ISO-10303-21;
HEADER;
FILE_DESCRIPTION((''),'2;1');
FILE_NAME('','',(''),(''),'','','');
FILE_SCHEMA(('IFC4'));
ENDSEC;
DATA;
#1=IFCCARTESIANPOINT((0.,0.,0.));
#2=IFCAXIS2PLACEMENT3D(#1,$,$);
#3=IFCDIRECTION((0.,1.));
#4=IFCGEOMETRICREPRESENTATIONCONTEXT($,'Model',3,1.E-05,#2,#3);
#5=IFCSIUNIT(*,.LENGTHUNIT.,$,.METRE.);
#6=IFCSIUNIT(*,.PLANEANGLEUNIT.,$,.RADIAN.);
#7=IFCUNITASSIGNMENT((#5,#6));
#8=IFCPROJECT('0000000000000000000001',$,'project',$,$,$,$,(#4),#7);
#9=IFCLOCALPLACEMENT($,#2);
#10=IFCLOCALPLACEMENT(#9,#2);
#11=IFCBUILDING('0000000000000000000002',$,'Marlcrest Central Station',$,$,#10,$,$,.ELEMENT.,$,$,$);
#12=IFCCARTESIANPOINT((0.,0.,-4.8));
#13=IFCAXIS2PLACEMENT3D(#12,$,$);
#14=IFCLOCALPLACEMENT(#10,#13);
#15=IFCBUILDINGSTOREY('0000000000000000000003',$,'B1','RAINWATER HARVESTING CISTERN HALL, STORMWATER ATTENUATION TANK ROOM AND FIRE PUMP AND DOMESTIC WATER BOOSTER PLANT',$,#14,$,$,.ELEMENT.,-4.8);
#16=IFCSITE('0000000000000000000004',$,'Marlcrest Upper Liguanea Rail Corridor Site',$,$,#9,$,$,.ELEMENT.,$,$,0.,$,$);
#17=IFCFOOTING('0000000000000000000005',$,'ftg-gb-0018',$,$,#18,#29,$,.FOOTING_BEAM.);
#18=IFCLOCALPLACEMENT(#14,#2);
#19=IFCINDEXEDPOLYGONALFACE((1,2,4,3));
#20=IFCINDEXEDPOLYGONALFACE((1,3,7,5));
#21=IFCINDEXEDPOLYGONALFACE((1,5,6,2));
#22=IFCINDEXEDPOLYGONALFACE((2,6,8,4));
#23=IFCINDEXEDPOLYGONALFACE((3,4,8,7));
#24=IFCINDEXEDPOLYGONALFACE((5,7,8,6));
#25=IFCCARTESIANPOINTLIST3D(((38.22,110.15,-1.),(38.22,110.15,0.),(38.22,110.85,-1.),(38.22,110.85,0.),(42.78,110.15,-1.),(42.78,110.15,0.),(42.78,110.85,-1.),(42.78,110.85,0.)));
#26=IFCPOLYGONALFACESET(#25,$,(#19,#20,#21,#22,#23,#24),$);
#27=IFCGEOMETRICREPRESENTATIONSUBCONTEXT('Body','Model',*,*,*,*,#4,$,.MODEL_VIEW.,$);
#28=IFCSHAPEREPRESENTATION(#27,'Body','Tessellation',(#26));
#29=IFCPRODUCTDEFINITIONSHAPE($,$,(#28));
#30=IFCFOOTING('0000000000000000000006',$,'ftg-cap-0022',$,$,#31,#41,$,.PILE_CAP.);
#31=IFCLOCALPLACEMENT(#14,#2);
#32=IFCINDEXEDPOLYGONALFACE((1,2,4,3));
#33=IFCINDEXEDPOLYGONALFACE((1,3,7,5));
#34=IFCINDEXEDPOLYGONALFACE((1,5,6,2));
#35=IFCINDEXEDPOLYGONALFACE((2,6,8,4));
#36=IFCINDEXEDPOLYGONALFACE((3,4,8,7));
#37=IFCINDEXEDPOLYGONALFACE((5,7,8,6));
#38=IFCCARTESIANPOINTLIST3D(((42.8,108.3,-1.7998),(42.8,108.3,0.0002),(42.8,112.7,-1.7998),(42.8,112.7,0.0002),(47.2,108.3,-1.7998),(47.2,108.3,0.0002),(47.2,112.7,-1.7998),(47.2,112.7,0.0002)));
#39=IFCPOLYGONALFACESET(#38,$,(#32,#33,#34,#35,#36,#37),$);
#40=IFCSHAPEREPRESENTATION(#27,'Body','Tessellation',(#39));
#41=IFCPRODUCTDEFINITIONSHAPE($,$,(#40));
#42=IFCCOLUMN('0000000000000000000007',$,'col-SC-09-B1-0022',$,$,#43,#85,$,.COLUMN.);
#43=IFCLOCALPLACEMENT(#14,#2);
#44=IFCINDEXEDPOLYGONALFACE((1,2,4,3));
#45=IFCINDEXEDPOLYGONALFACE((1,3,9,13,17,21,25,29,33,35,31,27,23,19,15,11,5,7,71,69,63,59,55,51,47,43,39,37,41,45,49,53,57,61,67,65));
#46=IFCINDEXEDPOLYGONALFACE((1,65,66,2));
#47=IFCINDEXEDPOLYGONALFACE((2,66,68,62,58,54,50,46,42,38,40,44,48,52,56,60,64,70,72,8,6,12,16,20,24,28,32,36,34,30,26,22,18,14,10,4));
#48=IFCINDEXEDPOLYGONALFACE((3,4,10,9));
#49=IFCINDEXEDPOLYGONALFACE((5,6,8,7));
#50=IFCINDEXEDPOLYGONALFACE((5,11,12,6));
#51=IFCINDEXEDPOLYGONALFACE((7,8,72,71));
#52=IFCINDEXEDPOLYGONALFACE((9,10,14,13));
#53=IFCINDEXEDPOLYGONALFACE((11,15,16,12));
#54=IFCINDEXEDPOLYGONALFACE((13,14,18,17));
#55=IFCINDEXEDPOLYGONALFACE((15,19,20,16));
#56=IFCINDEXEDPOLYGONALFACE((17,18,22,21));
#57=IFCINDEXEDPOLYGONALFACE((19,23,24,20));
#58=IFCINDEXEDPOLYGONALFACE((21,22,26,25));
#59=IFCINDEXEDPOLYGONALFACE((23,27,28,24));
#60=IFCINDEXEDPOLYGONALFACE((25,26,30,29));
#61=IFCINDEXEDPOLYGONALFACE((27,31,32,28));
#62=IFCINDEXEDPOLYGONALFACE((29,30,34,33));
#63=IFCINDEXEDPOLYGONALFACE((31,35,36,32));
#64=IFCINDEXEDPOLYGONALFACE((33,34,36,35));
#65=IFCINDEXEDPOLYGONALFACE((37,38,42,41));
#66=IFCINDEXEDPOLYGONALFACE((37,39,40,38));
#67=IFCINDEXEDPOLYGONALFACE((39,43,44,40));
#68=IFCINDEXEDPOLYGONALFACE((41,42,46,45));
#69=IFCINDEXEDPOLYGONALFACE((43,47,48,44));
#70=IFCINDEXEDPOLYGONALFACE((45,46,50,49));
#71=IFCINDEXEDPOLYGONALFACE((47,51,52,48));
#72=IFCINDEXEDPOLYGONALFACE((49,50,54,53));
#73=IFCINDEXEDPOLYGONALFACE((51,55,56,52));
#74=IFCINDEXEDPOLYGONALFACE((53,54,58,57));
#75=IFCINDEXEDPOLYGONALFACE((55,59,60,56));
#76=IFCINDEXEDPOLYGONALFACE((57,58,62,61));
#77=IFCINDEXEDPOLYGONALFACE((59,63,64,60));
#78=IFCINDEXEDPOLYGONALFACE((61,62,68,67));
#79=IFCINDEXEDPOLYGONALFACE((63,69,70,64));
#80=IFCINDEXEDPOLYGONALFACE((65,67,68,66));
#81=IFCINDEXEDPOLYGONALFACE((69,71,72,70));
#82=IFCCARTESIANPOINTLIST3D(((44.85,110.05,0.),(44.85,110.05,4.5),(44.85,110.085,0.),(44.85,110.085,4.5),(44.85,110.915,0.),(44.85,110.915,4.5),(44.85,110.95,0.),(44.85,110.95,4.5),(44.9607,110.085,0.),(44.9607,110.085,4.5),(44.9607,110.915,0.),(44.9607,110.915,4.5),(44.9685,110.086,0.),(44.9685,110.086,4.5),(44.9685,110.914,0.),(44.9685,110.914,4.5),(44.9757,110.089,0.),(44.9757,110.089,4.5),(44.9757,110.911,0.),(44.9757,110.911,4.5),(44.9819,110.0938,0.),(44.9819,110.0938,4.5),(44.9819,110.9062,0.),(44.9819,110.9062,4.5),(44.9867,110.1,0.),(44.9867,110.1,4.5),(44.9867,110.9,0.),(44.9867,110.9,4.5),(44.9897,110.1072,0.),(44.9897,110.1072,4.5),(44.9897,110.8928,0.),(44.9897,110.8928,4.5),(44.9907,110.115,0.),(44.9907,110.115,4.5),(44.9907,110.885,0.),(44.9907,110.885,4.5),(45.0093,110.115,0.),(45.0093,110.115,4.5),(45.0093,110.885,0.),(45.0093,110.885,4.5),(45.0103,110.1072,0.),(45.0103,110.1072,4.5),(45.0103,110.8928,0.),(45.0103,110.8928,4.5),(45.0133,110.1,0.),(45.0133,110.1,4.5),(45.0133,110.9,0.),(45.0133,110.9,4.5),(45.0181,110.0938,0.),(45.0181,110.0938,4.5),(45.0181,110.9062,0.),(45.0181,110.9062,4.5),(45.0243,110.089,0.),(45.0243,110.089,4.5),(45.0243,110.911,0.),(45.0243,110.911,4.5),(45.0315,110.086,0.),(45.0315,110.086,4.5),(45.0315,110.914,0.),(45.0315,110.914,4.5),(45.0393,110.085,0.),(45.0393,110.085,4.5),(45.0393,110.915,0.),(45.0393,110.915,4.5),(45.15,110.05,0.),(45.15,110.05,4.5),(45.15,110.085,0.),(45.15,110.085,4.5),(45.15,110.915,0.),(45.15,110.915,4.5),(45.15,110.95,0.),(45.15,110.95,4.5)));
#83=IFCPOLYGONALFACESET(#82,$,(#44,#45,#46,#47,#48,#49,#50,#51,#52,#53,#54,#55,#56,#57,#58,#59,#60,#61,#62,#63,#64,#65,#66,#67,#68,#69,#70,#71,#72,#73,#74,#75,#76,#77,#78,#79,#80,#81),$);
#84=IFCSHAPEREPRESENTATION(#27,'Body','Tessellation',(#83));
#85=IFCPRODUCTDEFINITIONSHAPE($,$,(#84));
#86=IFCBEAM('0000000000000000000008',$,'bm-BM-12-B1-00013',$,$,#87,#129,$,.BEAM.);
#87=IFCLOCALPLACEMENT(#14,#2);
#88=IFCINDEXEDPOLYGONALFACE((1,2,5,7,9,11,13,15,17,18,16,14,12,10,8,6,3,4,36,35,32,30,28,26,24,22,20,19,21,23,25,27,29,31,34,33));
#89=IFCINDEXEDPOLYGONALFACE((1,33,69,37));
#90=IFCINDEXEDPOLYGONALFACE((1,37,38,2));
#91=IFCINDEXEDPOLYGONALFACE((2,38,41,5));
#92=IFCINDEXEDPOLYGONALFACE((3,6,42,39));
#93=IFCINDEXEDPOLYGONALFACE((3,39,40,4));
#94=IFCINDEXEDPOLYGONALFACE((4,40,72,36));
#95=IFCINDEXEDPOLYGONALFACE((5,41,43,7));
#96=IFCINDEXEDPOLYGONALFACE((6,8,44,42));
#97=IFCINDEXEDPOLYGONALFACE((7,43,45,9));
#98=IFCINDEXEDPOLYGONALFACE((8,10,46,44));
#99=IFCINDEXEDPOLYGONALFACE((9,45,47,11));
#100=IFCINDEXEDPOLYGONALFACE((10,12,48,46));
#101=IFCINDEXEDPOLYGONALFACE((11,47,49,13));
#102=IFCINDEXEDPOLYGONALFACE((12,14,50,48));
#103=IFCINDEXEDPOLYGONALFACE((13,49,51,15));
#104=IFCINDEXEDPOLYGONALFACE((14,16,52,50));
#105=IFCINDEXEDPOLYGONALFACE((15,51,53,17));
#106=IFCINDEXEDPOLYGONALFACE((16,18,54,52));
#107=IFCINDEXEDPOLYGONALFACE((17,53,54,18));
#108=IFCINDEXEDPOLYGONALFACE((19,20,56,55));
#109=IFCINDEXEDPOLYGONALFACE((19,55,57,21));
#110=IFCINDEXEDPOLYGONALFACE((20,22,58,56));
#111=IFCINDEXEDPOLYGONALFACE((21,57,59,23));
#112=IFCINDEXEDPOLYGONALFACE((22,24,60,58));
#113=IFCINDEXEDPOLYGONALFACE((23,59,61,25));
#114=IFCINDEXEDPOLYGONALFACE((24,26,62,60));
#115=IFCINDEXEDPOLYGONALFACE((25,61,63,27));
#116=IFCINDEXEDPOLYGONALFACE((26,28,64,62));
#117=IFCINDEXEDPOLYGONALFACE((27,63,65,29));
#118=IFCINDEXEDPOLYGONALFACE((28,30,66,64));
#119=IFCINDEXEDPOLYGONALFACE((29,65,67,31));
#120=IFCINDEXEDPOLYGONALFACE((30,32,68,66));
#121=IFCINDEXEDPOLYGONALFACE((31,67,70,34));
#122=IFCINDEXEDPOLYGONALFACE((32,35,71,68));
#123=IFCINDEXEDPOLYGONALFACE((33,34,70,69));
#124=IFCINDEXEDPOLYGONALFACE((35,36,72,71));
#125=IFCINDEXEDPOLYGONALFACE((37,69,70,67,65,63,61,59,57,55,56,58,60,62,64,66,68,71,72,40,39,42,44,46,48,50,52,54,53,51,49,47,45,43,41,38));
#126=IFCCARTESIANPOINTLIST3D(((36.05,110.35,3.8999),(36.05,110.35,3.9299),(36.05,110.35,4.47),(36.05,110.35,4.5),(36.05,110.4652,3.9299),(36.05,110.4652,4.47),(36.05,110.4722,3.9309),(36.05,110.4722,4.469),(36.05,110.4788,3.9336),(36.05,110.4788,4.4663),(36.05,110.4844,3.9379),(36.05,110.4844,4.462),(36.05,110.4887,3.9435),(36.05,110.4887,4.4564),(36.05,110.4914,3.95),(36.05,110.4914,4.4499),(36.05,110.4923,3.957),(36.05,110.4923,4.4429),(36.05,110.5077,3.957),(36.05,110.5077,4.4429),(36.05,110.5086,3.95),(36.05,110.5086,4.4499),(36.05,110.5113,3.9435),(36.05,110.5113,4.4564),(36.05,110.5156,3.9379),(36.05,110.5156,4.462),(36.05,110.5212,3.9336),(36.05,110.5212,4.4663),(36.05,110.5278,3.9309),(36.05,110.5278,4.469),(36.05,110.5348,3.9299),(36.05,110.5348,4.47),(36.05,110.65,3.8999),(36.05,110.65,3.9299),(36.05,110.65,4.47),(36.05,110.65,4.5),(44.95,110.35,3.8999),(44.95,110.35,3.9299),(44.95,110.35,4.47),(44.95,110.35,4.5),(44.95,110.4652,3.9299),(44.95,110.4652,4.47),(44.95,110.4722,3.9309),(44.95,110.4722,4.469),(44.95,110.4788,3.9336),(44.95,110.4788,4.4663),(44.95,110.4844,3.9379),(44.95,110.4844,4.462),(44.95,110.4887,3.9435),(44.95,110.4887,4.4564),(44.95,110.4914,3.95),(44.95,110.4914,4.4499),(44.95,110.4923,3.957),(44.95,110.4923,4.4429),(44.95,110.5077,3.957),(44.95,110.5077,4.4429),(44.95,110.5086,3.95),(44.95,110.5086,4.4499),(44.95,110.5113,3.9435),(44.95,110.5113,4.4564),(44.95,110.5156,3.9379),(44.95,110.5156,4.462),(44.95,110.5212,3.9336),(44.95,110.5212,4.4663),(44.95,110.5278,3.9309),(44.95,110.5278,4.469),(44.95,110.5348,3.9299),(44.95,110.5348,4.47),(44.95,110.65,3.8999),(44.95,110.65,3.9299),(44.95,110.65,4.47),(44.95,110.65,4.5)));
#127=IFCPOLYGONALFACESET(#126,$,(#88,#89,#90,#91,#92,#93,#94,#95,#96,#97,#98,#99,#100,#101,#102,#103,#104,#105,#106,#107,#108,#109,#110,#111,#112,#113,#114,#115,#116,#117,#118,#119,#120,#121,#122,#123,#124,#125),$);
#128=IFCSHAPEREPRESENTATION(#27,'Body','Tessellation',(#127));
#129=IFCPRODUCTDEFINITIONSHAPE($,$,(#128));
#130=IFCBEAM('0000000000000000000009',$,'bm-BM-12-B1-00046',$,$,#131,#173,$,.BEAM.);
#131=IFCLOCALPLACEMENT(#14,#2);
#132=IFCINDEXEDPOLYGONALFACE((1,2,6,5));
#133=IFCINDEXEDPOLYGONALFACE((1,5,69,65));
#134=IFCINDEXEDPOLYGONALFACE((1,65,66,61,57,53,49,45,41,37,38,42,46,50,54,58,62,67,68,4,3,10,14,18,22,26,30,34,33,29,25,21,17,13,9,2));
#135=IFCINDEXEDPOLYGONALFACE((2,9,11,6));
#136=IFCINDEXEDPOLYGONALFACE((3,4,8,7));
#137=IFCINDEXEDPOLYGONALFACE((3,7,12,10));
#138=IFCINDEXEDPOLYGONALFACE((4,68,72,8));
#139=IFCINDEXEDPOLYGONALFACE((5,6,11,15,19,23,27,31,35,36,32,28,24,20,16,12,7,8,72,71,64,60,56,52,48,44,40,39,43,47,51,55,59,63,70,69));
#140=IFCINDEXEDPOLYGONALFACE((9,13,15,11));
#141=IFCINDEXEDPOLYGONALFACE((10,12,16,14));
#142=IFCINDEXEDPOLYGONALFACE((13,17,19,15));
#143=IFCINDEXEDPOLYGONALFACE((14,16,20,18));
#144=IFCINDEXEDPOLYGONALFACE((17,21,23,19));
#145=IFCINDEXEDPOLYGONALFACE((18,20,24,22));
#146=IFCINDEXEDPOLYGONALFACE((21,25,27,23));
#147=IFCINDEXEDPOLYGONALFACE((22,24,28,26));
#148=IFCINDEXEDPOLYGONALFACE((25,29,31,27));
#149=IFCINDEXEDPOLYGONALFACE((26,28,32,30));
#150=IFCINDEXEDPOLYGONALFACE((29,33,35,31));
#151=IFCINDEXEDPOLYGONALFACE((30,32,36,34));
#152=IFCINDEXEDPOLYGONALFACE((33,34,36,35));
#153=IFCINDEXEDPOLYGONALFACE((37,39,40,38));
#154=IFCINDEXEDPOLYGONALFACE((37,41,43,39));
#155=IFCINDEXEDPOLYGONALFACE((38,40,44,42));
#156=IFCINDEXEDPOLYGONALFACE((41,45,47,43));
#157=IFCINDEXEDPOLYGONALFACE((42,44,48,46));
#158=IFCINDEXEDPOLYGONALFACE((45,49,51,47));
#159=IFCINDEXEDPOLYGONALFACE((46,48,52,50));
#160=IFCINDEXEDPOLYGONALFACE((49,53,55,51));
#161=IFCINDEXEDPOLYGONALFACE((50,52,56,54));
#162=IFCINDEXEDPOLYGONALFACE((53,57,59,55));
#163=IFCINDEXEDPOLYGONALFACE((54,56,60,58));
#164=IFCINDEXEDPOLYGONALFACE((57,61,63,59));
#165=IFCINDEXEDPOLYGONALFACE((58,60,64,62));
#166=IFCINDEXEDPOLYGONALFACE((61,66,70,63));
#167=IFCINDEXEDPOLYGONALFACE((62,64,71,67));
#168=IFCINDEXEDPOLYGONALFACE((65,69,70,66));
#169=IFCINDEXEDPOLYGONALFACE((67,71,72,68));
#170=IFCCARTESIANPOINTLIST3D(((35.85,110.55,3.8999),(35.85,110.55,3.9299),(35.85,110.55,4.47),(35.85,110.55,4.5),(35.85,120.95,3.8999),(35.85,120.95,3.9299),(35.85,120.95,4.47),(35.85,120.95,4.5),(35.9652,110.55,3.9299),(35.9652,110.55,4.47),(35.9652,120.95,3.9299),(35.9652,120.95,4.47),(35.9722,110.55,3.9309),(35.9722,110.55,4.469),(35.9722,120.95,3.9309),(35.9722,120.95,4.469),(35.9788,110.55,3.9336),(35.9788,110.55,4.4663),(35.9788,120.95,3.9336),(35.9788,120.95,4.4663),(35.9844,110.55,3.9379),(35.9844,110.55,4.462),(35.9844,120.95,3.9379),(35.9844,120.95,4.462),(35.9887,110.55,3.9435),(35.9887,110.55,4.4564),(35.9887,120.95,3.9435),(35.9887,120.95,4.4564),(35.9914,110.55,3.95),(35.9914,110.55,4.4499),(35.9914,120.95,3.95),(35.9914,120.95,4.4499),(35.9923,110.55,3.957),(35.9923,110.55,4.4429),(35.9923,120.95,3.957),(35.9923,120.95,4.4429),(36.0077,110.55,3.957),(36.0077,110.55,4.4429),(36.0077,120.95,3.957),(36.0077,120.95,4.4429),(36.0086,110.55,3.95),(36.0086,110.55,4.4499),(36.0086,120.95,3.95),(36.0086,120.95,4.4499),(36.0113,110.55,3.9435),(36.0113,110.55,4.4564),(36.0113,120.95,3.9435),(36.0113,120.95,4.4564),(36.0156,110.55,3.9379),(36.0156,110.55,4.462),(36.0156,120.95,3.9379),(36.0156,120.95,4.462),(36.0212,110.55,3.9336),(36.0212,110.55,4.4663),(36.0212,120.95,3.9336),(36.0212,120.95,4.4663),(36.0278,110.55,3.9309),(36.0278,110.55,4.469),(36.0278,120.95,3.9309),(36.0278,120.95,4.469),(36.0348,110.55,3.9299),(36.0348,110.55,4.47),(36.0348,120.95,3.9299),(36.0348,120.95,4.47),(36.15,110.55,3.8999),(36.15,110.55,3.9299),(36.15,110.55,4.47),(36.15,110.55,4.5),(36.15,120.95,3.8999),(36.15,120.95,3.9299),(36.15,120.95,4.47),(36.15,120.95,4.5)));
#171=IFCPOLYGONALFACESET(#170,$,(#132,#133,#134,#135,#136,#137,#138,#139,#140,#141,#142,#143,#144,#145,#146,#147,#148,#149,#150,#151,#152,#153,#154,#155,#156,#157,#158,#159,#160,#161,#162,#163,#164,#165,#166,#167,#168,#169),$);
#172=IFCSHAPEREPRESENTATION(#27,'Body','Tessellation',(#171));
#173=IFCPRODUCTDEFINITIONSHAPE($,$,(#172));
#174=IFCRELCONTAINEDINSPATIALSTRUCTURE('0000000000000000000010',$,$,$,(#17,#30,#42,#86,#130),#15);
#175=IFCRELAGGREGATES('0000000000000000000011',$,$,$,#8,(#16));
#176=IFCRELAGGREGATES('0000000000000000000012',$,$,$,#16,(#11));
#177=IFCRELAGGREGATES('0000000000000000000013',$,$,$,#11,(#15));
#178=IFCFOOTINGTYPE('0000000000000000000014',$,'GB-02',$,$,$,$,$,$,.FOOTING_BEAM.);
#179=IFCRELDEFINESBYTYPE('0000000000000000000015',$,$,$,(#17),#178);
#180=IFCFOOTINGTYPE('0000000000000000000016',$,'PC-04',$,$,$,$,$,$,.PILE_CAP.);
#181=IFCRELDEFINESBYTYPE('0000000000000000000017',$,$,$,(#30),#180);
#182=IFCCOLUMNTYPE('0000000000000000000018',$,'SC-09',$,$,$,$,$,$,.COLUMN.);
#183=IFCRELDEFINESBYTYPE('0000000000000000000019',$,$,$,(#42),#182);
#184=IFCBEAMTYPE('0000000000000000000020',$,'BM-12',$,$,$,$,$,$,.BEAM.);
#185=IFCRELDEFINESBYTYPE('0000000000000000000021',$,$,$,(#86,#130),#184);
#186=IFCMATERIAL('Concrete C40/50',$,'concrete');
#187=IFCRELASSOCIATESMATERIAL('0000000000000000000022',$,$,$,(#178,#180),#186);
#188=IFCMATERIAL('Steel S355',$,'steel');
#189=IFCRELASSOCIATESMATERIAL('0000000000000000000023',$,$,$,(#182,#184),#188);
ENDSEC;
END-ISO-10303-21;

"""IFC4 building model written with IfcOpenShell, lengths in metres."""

from ifc_helpers import new_model, si_unit, direction, frame, origin, origin_2d, place, context, subcontext, project, spatial, rectangle, i_section, extrude, material, material_profile, profile_set, type_object, element, save


model = new_model("IFC4")

# Units and contexts
model_context = context("Model", 3, precision=1e-05, world=origin(), true_north=direction((0.0, 1.0)))
body_context = subcontext(model_context, "Body", "Model", "MODEL_VIEW")
ifc_project = project(units=[si_unit("LENGTHUNIT", "METRE"), si_unit("PLANEANGLEUNIT", "RADIAN")], contexts=[model_context])

# Site, building, storey
site_placement = place(None, origin())
site = spatial("IfcSite", under=ifc_project, at=site_placement, Name="Marlcrest Upper Liguanea Rail Corridor Site", CompositionType="ELEMENT", RefElevation=0.0)
building_placement = place(site_placement, origin())
building = spatial("IfcBuilding", under=site, at=building_placement, Name="Marlcrest Central Station", CompositionType="ELEMENT")
storey_placement = place(building_placement, frame((0.0, 0.0, -4.8)))
storey = spatial("IfcBuildingStorey", under=building, at=storey_placement, Name="B1", Description="RAINWATER HARVESTING CISTERN HALL, STORMWATER ATTENUATION TANK ROOM AND FIRE PUMP AND DOMESTIC WATER BOOSTER PLANT", CompositionType="ELEMENT", Elevation=-4.8)

# Footings
ifc_material_1 = material(Name="Concrete C40/50", Category="concrete")
footing_type_1 = type_object("IfcFootingType", Name="GB-02", PredefinedType="FOOTING_BEAM", material=ifc_material_1)
footing_1_placement = place(storey_placement, frame((40.5, 110.5, -1.0), z_axis=(0.0, 0.0, 1.0), x_axis=(1.0, 0.0, 0.0)))
element("IfcFooting", 1, at=footing_1_placement, inside=storey, type_object=footing_type_1, Name="ftg-gb-0018", PredefinedType="FOOTING_BEAM", context=body_context, shape_type="SweptSolid", body=[
    extrude(rectangle(XDim=4.5601, YDim=0.7, at=origin_2d()), origin(), (0.0, 0.0, 1.0), 1.0),
])
footing_type_2 = type_object("IfcFootingType", Name="PC-04", PredefinedType="PILE_CAP", material=ifc_material_1)
footing_2_placement = place(storey_placement, frame((45.0, 110.5, -1.7998), z_axis=(0.0, 0.0, 1.0), x_axis=(1.0, 0.0, 0.0)))
element("IfcFooting", 2, at=footing_2_placement, inside=storey, type_object=footing_type_2, Name="ftg-cap-0022", PredefinedType="PILE_CAP", context=body_context, shape_type="SweptSolid", body=[
    extrude(rectangle(XDim=4.3999, YDim=4.3999, at=origin_2d()), origin(), (0.0, 0.0, 1.0), 1.8),
])

# Column
ifc_material_2 = material(Name="Steel S355", Category="steel")
ifc_material_profile_1 = material_profile(ifc_material_2, i_section(OverallWidth=0.3, OverallDepth=0.8999, WebThickness=0.0186, FlangeThickness=0.0349, FilletRadius=0.03, at=origin_2d()), Name="HEB 900")
ifc_profile_set_1 = profile_set([ifc_material_profile_1], Name="Steel S355")
column_type = type_object("IfcColumnType", Name="SC-09", PredefinedType="COLUMN", material=ifc_profile_set_1)
column_placement = place(storey_placement, frame((45.0, 110.5, 0.0), z_axis=(0.0, 0.0, 1.0), x_axis=(1.0, 0.0, 0.0)))
element("IfcColumn", 3, at=column_placement, inside=storey, type_object=column_type, Name="col-SC-09-B1-0022", PredefinedType="COLUMN", context=body_context, shape_type="SweptSolid", body=[
    extrude(i_section(OverallWidth=0.3, OverallDepth=0.8999, WebThickness=0.0186, FlangeThickness=0.0349, FilletRadius=0.03, at=origin_2d()), origin(), (0.0, 0.0, 1.0), 4.5),
])

# Beams
ifc_material_profile_2 = material_profile(ifc_material_2, i_section(OverallWidth=0.3, OverallDepth=0.6001, WebThickness=0.0154, FlangeThickness=0.03, FilletRadius=0.0271, at=origin_2d()), Name="HEB 600")
ifc_profile_set_2 = profile_set([ifc_material_profile_2], Name="Steel S355")
beam_type_1 = type_object("IfcBeamType", Name="BM-12", PredefinedType="BEAM", material=ifc_profile_set_2)
beam_1_placement = place(storey_placement, frame((36.05, 110.5, 4.2), z_axis=(1.0, 0.0, 0.0), x_axis=(0.0, 1.0, 0.0)))
element("IfcBeam", 4, at=beam_1_placement, inside=storey, type_object=beam_type_1, Name="bm-BM-12-B1-00013", PredefinedType="BEAM", context=body_context, shape_type="SweptSolid", body=[
    extrude(i_section(OverallWidth=0.3, OverallDepth=0.6001, WebThickness=0.0154, FlangeThickness=0.03, FilletRadius=0.0271, at=origin_2d()), origin(), (0.0, 0.0, 1.0), 8.8999),
])
beam_2_placement = place(storey_placement, frame((36.0, 110.55, 4.2), z_axis=(0.0, 1.0, 0.0), x_axis=(-1.0, 0.0, 0.0)))
element("IfcBeam", 5, at=beam_2_placement, inside=storey, type_object=beam_type_1, Name="bm-BM-12-B1-00046", PredefinedType="BEAM", context=body_context, shape_type="SweptSolid", body=[
    extrude(i_section(OverallWidth=0.3, OverallDepth=0.6001, WebThickness=0.0154, FlangeThickness=0.03, FilletRadius=0.0271, at=origin_2d()), origin(), (0.0, 0.0, 1.0), 10.3999),
])

save(model, "model.ifc")
